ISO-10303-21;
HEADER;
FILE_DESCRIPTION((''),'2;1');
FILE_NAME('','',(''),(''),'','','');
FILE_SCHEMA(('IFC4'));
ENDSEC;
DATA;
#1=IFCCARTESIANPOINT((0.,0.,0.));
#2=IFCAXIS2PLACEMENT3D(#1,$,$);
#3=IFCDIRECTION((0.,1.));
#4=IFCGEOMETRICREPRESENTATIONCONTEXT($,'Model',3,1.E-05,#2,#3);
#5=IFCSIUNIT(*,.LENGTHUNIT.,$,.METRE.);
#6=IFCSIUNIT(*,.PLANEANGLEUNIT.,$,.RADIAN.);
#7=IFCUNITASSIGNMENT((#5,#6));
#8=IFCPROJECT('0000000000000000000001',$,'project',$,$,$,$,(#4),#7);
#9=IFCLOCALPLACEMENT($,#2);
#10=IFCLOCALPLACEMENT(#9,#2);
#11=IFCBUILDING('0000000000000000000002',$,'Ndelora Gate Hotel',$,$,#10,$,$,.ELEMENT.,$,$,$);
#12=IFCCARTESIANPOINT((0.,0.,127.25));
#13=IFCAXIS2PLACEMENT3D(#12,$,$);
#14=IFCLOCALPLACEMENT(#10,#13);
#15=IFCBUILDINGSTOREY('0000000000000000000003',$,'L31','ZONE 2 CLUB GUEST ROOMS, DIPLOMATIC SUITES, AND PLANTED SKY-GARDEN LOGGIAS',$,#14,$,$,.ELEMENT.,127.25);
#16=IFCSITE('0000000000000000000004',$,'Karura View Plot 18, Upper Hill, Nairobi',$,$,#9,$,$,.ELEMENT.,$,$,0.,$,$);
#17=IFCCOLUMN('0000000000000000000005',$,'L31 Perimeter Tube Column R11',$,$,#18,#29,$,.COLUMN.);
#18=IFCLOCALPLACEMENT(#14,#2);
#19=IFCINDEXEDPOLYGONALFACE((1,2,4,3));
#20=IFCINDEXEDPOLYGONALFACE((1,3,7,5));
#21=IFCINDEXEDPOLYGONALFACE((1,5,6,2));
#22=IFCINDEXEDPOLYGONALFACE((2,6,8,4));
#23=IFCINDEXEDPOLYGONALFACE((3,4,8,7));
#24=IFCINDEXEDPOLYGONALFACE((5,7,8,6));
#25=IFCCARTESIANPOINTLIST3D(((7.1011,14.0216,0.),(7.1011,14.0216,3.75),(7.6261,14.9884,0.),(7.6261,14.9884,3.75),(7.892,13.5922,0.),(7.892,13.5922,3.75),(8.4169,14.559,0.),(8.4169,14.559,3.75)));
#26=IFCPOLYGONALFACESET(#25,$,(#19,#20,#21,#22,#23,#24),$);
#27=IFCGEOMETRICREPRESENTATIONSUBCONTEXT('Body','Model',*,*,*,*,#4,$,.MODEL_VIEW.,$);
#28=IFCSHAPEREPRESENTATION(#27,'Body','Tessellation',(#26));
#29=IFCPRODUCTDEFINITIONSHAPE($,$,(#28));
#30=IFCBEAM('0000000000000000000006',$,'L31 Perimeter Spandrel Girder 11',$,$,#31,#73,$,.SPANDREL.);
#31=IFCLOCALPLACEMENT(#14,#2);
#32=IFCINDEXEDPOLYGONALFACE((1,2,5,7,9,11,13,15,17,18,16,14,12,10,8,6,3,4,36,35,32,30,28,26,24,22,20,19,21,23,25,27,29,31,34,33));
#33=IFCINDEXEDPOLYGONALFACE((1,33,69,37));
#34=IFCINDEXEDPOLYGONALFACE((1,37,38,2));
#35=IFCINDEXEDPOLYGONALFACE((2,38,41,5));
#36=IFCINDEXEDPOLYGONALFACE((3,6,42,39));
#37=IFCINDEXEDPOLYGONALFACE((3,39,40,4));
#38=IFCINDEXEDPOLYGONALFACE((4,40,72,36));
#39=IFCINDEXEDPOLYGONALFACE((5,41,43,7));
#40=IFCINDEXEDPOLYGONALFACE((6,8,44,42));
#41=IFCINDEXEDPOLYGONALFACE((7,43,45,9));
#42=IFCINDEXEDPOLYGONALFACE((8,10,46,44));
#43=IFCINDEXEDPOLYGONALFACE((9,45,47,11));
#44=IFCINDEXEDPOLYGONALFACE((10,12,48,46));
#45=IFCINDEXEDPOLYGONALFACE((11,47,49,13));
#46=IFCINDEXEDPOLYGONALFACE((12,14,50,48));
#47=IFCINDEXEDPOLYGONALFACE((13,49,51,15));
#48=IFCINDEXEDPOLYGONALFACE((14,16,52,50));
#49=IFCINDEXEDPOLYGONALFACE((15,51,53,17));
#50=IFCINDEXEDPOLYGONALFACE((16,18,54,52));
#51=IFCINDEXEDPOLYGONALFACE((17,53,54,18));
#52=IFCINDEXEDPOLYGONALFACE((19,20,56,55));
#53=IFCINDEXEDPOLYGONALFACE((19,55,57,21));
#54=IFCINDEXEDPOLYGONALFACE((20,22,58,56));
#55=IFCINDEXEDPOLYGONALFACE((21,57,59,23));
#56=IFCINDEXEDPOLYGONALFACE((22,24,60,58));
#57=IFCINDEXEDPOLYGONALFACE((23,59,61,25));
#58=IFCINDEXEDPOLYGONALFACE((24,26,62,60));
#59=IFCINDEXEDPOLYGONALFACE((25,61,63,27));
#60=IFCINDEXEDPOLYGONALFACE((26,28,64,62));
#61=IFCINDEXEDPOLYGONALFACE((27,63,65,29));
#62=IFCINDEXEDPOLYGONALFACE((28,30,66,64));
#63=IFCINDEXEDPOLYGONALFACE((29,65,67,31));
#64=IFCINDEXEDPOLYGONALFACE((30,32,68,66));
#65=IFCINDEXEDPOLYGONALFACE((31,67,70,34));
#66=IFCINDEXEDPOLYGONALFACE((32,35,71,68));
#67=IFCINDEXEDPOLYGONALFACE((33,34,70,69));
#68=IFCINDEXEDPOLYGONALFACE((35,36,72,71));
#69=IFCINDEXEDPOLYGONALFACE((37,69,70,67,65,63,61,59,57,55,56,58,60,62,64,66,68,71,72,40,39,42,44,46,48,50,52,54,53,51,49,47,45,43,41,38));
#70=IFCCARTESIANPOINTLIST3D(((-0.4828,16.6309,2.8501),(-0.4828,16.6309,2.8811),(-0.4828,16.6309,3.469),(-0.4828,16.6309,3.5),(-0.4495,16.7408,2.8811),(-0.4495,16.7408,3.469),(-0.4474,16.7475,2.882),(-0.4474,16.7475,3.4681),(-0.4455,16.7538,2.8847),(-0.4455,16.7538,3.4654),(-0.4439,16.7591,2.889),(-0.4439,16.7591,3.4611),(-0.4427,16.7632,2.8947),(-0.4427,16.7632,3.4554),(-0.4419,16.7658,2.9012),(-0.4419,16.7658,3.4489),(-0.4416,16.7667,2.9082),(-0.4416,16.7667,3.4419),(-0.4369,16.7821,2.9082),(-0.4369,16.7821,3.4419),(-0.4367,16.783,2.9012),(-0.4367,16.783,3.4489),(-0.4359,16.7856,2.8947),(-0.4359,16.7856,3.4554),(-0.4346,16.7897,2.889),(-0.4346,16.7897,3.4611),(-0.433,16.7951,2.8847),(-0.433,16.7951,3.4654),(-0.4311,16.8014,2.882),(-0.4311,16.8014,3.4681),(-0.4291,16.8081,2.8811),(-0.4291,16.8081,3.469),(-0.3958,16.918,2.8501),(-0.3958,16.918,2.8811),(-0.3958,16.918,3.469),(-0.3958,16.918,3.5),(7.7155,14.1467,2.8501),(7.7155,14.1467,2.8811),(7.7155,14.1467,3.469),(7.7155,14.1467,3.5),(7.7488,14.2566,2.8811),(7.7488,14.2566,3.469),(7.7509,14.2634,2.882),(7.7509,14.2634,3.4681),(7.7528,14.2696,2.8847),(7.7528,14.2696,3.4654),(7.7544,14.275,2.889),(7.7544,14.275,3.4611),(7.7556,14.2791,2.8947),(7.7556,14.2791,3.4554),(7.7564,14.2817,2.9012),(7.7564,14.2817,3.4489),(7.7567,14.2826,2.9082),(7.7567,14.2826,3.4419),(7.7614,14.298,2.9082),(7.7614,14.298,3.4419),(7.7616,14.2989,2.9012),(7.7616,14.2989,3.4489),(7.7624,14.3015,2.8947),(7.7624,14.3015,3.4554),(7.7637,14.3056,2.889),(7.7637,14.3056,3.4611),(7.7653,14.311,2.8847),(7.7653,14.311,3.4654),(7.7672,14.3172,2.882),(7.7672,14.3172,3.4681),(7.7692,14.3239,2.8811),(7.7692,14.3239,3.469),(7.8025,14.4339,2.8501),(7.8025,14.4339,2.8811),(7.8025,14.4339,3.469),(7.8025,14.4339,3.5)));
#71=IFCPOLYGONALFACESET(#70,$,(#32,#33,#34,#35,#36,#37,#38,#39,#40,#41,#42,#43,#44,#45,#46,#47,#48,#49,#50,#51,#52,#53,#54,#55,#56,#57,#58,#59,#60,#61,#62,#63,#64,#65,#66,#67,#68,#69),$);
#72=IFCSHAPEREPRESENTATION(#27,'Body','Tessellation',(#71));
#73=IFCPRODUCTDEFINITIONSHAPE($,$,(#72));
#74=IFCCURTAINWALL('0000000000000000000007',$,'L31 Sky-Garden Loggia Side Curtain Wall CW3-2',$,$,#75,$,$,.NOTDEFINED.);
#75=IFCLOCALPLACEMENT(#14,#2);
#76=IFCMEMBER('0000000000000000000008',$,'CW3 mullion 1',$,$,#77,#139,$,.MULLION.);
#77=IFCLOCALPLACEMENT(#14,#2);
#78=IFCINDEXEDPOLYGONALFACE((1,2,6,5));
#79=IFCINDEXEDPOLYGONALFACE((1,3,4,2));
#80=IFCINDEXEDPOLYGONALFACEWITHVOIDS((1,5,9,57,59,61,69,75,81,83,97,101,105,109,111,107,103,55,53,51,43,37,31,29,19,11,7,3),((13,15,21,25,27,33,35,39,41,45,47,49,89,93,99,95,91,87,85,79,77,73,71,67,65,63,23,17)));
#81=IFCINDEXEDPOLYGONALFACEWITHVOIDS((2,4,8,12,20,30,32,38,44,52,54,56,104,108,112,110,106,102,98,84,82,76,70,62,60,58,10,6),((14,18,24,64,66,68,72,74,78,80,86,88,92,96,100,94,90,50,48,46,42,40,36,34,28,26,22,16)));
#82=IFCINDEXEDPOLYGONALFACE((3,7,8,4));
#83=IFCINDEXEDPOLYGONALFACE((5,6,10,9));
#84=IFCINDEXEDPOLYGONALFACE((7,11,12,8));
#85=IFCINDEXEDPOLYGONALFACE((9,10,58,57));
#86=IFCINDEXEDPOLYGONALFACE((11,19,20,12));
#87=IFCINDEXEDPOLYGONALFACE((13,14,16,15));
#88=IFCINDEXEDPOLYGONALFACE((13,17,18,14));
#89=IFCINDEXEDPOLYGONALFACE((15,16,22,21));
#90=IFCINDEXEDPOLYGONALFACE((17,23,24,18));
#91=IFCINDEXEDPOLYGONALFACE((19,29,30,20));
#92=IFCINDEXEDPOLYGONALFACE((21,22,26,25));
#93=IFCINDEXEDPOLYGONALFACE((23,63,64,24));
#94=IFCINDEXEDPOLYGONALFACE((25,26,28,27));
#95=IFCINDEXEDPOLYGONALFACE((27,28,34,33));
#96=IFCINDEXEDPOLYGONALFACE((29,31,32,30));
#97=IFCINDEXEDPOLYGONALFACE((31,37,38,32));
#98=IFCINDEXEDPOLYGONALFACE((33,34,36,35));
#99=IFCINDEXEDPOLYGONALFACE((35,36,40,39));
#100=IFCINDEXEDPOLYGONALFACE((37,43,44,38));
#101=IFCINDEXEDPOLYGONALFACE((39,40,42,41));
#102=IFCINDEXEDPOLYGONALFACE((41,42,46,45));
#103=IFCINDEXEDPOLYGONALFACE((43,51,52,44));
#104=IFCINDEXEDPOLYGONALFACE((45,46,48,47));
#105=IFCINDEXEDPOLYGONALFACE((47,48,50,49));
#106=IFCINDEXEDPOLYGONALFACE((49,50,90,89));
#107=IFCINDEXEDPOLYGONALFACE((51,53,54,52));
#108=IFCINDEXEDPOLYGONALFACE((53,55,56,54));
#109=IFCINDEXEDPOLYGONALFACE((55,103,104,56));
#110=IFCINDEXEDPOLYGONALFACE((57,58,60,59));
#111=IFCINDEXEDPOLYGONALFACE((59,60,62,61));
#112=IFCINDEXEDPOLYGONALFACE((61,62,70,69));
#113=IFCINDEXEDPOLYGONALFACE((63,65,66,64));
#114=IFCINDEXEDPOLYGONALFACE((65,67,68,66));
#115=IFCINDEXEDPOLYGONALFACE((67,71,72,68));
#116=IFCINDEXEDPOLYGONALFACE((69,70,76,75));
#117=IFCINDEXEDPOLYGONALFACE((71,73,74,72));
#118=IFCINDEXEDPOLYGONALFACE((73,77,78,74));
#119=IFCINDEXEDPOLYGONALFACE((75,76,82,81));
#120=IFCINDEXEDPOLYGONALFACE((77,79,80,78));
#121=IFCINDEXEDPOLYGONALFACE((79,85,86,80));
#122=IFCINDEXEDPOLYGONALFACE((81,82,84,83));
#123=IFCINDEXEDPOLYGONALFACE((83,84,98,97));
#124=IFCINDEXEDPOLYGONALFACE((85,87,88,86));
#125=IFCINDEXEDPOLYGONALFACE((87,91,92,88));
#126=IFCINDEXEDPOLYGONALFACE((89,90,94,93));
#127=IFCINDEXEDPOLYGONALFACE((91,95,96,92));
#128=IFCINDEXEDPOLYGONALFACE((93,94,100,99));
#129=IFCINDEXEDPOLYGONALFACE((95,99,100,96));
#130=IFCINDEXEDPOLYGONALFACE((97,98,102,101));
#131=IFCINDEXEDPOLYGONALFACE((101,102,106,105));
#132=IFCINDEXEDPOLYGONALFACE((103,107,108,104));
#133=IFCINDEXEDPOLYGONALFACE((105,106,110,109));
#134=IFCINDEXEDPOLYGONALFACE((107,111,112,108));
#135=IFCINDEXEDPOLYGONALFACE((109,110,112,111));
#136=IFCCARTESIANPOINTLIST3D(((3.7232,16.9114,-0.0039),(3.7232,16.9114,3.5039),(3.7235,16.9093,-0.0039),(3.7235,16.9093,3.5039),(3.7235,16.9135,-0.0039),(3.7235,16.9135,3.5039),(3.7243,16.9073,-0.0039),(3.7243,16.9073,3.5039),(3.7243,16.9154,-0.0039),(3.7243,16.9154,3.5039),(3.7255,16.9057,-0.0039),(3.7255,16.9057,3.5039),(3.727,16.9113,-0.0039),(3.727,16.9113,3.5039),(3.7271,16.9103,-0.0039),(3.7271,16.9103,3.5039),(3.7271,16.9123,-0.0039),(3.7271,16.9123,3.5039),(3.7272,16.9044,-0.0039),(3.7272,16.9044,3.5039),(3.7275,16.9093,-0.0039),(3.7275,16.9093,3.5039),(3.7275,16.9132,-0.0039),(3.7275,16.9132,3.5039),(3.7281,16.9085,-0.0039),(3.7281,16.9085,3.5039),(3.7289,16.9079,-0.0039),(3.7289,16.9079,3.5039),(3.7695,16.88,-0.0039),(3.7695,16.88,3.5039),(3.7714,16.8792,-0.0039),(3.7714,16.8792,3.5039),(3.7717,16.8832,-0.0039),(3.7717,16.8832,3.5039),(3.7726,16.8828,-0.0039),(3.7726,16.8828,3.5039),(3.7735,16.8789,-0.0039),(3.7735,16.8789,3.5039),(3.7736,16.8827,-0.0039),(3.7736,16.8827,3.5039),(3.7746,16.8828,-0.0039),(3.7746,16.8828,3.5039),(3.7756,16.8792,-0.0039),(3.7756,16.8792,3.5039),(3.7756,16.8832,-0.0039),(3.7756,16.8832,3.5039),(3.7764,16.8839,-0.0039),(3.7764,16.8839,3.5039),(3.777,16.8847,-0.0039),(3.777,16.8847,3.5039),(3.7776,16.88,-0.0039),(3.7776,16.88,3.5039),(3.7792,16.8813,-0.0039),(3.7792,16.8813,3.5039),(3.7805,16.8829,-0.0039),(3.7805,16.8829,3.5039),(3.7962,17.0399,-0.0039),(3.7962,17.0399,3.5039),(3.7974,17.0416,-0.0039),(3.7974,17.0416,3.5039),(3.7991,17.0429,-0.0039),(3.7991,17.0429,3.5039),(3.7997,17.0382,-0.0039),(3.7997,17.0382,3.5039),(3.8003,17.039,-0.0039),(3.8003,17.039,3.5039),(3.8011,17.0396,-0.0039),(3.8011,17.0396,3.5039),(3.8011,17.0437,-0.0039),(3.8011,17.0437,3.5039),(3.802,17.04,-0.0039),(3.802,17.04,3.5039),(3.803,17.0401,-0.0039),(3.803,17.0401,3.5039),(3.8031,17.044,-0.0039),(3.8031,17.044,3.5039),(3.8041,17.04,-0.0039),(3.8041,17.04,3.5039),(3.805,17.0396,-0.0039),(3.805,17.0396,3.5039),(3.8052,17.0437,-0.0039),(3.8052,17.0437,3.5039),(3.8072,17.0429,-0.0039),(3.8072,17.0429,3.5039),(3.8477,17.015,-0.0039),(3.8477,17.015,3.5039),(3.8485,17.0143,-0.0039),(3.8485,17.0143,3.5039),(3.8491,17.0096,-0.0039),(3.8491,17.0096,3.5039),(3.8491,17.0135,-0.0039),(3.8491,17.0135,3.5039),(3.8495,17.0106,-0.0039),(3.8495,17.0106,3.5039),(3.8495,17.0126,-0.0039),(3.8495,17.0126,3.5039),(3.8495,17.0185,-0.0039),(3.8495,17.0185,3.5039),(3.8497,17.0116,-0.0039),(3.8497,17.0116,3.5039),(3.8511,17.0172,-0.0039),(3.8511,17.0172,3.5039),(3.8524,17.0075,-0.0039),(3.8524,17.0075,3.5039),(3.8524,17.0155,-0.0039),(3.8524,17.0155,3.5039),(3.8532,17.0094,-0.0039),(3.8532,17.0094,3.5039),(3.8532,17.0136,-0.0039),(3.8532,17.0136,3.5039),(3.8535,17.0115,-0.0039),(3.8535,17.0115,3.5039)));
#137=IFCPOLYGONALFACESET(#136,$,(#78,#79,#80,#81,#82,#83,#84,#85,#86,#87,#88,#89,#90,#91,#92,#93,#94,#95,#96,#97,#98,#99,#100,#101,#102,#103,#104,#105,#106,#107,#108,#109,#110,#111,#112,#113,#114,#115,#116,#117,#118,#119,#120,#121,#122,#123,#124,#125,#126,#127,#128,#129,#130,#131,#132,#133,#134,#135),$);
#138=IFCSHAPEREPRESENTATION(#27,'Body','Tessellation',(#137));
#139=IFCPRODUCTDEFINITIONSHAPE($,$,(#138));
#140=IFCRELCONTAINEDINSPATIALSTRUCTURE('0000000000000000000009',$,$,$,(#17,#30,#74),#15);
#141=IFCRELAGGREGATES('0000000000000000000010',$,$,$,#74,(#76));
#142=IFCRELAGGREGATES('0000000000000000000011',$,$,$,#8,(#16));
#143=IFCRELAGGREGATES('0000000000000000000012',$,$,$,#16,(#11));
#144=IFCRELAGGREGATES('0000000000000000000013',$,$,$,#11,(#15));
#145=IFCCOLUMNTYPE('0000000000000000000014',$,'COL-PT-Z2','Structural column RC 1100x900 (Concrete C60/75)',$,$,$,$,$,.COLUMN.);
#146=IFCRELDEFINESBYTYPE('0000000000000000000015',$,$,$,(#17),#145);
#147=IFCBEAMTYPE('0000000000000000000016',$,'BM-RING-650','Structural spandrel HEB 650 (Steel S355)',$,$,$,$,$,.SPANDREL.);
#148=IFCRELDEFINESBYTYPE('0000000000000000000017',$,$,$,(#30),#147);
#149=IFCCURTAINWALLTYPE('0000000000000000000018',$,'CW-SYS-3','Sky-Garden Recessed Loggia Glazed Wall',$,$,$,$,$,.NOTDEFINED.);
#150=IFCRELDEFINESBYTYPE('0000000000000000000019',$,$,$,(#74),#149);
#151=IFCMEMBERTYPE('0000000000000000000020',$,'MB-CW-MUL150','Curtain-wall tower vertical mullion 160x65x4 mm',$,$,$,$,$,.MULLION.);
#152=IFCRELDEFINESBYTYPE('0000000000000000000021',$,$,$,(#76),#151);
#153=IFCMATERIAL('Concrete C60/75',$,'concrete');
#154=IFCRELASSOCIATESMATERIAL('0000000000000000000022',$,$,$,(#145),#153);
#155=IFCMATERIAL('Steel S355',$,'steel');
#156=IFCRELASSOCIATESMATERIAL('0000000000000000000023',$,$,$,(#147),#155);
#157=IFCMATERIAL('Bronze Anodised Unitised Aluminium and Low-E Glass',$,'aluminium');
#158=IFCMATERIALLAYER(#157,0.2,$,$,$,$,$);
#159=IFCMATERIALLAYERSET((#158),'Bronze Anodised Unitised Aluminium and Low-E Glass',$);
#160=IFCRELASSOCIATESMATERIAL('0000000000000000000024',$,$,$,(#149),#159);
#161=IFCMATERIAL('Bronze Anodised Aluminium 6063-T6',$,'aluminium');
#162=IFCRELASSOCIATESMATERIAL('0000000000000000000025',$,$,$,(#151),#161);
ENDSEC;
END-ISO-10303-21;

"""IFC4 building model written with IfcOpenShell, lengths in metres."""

from ifc_helpers import new_model, si_unit, direction, frame, origin, origin_2d, place, context, subcontext, project, spatial, rectangle, hollow_rectangle, i_section, extrude, material, layer, layer_set, material_profile, profile_set, type_object, element, aggregate, save


model = new_model("IFC4")

# Units and contexts
model_context = context("Model", 3, precision=1e-05, world=origin(), true_north=direction((0.0, 1.0)))
body_context = subcontext(model_context, "Body", "Model", "MODEL_VIEW")
ifc_project = project(units=[si_unit("LENGTHUNIT", "METRE"), si_unit("PLANEANGLEUNIT", "RADIAN")], contexts=[model_context])

# Site, building, storey
site_placement = place(None, origin())
site = spatial("IfcSite", under=ifc_project, at=site_placement, Name="Karura View Plot 18, Upper Hill, Nairobi", CompositionType="ELEMENT", RefElevation=0.0)
building_placement = place(site_placement, origin())
building = spatial("IfcBuilding", under=site, at=building_placement, Name="Ndelora Gate Hotel", CompositionType="ELEMENT")
storey_placement = place(building_placement, frame((0.0, 0.0, 127.25)))
storey = spatial("IfcBuildingStorey", under=building, at=storey_placement, Name="L31", Description="ZONE 2 CLUB GUEST ROOMS, DIPLOMATIC SUITES, AND PLANTED SKY-GARDEN LOGGIAS", CompositionType="ELEMENT", Elevation=127.25)

# Column
ifc_material_1 = material(Name="Concrete C60/75", Category="concrete")
ifc_material_profile_1 = material_profile(ifc_material_1, rectangle(XDim=0.8999, YDim=1.1001, at=origin_2d()), Name="RC 1100x900")
ifc_profile_set_1 = profile_set([ifc_material_profile_1], Name="Concrete C60/75")
column_type = type_object("IfcColumnType", Name="COL-PT-Z2", Description="Structural column RC 1100x900 (Concrete C60/75)", PredefinedType="COLUMN", material=ifc_profile_set_1)
column_placement = place(storey_placement, frame((7.759, 14.2903, 0.0), z_axis=(0.0, 0.0, 1.0), x_axis=(-0.878817, 0.477159, 0.0)))
element("IfcColumn", 1, at=column_placement, inside=storey, type_object=column_type, Name="L31 Perimeter Tube Column R11", PredefinedType="COLUMN", context=body_context, shape_type="SweptSolid", body=[
    extrude(rectangle(XDim=0.8999, YDim=1.1001, at=origin_2d()), origin(), (0.0, 0.0, 1.0), 3.75),
])

# Beam
ifc_material_2 = material(Name="Steel S355", Category="steel")
ifc_material_profile_2 = material_profile(ifc_material_2, i_section(OverallWidth=0.3, OverallDepth=0.6499, WebThickness=0.0161, FlangeThickness=0.031, FilletRadius=0.0271, at=origin_2d()), Name="HEB 650")
ifc_profile_set_2 = profile_set([ifc_material_profile_2], Name="Steel S355")
beam_type = type_object("IfcBeamType", Name="BM-RING-650", Description="Structural spandrel HEB 650 (Steel S355)", PredefinedType="SPANDREL", material=ifc_profile_set_2)
beam_placement = place(storey_placement, frame((7.759, 14.2903, 3.175), z_axis=(-0.95703, 0.289988, 0.0), x_axis=(-0.289988, -0.95703, 0.0)))
element("IfcBeam", 2, at=beam_placement, inside=storey, type_object=beam_type, Name="L31 Perimeter Spandrel Girder 11", PredefinedType="SPANDREL", context=body_context, shape_type="SweptSolid", body=[
    extrude(i_section(OverallWidth=0.3, OverallDepth=0.6499, WebThickness=0.0161, FlangeThickness=0.031, FilletRadius=0.0271, at=origin_2d()), origin(), (0.0, 0.0, 1.0), 8.5664),
])

# Curtain wall, member
ifc_material_3 = material(Name="Bronze Anodised Unitised Aluminium and Low-E Glass", Category="aluminium")
ifc_layer_1 = layer(ifc_material_3, 0.2)
ifc_layer_set_1 = layer_set([ifc_layer_1], Name="Bronze Anodised Unitised Aluminium and Low-E Glass")
curtain_wall_type = type_object("IfcCurtainWallType", Name="CW-SYS-3", Description="Sky-Garden Recessed Loggia Glazed Wall", PredefinedType="NOTDEFINED", material=ifc_layer_set_1)
curtain_wall_placement = place(storey_placement, origin())
curtain_wall = element("IfcCurtainWall", 3, at=curtain_wall_placement, inside=storey, type_object=curtain_wall_type, Name="L31 Sky-Garden Loggia Side Curtain Wall CW3-2", PredefinedType="NOTDEFINED")
ifc_material_4 = material(Name="Bronze Anodised Aluminium 6063-T6", Category="aluminium")
ifc_material_profile_3 = material_profile(ifc_material_4, hollow_rectangle(XDim=0.0649, YDim=0.1599, WallThickness=0.0039, InnerFilletRadius=0.0039, OuterFilletRadius=0.0081, at=origin_2d()), Name="ALU 160x65x4")
ifc_profile_set_3 = profile_set([ifc_material_profile_3], Name="Bronze Anodised Aluminium 6063-T6")
member_type_1 = type_object("IfcMemberType", Name="MB-CW-MUL150", Description="Curtain-wall tower vertical mullion 160x65x4 mm", PredefinedType="MULLION", material=ifc_profile_set_3)
member_1_placement = place(storey_placement, frame((3.7883, 16.9614, -0.0039), z_axis=(0.0, 0.0, 1.0), x_axis=(0.866019, -0.500011, 0.0)))
member_1 = element("IfcMember", 4, at=member_1_placement, type_object=member_type_1, Name="CW3 mullion 1", PredefinedType="MULLION", context=body_context, shape_type="SweptSolid", body=[
    extrude(hollow_rectangle(XDim=0.0649, YDim=0.1599, WallThickness=0.0039, InnerFilletRadius=0.0039, OuterFilletRadius=0.0081, at=origin_2d()), origin(), (0.0, 0.0, 1.0), 3.5078),
])
aggregate(curtain_wall, [member_1])

save(model, "model.ifc")
